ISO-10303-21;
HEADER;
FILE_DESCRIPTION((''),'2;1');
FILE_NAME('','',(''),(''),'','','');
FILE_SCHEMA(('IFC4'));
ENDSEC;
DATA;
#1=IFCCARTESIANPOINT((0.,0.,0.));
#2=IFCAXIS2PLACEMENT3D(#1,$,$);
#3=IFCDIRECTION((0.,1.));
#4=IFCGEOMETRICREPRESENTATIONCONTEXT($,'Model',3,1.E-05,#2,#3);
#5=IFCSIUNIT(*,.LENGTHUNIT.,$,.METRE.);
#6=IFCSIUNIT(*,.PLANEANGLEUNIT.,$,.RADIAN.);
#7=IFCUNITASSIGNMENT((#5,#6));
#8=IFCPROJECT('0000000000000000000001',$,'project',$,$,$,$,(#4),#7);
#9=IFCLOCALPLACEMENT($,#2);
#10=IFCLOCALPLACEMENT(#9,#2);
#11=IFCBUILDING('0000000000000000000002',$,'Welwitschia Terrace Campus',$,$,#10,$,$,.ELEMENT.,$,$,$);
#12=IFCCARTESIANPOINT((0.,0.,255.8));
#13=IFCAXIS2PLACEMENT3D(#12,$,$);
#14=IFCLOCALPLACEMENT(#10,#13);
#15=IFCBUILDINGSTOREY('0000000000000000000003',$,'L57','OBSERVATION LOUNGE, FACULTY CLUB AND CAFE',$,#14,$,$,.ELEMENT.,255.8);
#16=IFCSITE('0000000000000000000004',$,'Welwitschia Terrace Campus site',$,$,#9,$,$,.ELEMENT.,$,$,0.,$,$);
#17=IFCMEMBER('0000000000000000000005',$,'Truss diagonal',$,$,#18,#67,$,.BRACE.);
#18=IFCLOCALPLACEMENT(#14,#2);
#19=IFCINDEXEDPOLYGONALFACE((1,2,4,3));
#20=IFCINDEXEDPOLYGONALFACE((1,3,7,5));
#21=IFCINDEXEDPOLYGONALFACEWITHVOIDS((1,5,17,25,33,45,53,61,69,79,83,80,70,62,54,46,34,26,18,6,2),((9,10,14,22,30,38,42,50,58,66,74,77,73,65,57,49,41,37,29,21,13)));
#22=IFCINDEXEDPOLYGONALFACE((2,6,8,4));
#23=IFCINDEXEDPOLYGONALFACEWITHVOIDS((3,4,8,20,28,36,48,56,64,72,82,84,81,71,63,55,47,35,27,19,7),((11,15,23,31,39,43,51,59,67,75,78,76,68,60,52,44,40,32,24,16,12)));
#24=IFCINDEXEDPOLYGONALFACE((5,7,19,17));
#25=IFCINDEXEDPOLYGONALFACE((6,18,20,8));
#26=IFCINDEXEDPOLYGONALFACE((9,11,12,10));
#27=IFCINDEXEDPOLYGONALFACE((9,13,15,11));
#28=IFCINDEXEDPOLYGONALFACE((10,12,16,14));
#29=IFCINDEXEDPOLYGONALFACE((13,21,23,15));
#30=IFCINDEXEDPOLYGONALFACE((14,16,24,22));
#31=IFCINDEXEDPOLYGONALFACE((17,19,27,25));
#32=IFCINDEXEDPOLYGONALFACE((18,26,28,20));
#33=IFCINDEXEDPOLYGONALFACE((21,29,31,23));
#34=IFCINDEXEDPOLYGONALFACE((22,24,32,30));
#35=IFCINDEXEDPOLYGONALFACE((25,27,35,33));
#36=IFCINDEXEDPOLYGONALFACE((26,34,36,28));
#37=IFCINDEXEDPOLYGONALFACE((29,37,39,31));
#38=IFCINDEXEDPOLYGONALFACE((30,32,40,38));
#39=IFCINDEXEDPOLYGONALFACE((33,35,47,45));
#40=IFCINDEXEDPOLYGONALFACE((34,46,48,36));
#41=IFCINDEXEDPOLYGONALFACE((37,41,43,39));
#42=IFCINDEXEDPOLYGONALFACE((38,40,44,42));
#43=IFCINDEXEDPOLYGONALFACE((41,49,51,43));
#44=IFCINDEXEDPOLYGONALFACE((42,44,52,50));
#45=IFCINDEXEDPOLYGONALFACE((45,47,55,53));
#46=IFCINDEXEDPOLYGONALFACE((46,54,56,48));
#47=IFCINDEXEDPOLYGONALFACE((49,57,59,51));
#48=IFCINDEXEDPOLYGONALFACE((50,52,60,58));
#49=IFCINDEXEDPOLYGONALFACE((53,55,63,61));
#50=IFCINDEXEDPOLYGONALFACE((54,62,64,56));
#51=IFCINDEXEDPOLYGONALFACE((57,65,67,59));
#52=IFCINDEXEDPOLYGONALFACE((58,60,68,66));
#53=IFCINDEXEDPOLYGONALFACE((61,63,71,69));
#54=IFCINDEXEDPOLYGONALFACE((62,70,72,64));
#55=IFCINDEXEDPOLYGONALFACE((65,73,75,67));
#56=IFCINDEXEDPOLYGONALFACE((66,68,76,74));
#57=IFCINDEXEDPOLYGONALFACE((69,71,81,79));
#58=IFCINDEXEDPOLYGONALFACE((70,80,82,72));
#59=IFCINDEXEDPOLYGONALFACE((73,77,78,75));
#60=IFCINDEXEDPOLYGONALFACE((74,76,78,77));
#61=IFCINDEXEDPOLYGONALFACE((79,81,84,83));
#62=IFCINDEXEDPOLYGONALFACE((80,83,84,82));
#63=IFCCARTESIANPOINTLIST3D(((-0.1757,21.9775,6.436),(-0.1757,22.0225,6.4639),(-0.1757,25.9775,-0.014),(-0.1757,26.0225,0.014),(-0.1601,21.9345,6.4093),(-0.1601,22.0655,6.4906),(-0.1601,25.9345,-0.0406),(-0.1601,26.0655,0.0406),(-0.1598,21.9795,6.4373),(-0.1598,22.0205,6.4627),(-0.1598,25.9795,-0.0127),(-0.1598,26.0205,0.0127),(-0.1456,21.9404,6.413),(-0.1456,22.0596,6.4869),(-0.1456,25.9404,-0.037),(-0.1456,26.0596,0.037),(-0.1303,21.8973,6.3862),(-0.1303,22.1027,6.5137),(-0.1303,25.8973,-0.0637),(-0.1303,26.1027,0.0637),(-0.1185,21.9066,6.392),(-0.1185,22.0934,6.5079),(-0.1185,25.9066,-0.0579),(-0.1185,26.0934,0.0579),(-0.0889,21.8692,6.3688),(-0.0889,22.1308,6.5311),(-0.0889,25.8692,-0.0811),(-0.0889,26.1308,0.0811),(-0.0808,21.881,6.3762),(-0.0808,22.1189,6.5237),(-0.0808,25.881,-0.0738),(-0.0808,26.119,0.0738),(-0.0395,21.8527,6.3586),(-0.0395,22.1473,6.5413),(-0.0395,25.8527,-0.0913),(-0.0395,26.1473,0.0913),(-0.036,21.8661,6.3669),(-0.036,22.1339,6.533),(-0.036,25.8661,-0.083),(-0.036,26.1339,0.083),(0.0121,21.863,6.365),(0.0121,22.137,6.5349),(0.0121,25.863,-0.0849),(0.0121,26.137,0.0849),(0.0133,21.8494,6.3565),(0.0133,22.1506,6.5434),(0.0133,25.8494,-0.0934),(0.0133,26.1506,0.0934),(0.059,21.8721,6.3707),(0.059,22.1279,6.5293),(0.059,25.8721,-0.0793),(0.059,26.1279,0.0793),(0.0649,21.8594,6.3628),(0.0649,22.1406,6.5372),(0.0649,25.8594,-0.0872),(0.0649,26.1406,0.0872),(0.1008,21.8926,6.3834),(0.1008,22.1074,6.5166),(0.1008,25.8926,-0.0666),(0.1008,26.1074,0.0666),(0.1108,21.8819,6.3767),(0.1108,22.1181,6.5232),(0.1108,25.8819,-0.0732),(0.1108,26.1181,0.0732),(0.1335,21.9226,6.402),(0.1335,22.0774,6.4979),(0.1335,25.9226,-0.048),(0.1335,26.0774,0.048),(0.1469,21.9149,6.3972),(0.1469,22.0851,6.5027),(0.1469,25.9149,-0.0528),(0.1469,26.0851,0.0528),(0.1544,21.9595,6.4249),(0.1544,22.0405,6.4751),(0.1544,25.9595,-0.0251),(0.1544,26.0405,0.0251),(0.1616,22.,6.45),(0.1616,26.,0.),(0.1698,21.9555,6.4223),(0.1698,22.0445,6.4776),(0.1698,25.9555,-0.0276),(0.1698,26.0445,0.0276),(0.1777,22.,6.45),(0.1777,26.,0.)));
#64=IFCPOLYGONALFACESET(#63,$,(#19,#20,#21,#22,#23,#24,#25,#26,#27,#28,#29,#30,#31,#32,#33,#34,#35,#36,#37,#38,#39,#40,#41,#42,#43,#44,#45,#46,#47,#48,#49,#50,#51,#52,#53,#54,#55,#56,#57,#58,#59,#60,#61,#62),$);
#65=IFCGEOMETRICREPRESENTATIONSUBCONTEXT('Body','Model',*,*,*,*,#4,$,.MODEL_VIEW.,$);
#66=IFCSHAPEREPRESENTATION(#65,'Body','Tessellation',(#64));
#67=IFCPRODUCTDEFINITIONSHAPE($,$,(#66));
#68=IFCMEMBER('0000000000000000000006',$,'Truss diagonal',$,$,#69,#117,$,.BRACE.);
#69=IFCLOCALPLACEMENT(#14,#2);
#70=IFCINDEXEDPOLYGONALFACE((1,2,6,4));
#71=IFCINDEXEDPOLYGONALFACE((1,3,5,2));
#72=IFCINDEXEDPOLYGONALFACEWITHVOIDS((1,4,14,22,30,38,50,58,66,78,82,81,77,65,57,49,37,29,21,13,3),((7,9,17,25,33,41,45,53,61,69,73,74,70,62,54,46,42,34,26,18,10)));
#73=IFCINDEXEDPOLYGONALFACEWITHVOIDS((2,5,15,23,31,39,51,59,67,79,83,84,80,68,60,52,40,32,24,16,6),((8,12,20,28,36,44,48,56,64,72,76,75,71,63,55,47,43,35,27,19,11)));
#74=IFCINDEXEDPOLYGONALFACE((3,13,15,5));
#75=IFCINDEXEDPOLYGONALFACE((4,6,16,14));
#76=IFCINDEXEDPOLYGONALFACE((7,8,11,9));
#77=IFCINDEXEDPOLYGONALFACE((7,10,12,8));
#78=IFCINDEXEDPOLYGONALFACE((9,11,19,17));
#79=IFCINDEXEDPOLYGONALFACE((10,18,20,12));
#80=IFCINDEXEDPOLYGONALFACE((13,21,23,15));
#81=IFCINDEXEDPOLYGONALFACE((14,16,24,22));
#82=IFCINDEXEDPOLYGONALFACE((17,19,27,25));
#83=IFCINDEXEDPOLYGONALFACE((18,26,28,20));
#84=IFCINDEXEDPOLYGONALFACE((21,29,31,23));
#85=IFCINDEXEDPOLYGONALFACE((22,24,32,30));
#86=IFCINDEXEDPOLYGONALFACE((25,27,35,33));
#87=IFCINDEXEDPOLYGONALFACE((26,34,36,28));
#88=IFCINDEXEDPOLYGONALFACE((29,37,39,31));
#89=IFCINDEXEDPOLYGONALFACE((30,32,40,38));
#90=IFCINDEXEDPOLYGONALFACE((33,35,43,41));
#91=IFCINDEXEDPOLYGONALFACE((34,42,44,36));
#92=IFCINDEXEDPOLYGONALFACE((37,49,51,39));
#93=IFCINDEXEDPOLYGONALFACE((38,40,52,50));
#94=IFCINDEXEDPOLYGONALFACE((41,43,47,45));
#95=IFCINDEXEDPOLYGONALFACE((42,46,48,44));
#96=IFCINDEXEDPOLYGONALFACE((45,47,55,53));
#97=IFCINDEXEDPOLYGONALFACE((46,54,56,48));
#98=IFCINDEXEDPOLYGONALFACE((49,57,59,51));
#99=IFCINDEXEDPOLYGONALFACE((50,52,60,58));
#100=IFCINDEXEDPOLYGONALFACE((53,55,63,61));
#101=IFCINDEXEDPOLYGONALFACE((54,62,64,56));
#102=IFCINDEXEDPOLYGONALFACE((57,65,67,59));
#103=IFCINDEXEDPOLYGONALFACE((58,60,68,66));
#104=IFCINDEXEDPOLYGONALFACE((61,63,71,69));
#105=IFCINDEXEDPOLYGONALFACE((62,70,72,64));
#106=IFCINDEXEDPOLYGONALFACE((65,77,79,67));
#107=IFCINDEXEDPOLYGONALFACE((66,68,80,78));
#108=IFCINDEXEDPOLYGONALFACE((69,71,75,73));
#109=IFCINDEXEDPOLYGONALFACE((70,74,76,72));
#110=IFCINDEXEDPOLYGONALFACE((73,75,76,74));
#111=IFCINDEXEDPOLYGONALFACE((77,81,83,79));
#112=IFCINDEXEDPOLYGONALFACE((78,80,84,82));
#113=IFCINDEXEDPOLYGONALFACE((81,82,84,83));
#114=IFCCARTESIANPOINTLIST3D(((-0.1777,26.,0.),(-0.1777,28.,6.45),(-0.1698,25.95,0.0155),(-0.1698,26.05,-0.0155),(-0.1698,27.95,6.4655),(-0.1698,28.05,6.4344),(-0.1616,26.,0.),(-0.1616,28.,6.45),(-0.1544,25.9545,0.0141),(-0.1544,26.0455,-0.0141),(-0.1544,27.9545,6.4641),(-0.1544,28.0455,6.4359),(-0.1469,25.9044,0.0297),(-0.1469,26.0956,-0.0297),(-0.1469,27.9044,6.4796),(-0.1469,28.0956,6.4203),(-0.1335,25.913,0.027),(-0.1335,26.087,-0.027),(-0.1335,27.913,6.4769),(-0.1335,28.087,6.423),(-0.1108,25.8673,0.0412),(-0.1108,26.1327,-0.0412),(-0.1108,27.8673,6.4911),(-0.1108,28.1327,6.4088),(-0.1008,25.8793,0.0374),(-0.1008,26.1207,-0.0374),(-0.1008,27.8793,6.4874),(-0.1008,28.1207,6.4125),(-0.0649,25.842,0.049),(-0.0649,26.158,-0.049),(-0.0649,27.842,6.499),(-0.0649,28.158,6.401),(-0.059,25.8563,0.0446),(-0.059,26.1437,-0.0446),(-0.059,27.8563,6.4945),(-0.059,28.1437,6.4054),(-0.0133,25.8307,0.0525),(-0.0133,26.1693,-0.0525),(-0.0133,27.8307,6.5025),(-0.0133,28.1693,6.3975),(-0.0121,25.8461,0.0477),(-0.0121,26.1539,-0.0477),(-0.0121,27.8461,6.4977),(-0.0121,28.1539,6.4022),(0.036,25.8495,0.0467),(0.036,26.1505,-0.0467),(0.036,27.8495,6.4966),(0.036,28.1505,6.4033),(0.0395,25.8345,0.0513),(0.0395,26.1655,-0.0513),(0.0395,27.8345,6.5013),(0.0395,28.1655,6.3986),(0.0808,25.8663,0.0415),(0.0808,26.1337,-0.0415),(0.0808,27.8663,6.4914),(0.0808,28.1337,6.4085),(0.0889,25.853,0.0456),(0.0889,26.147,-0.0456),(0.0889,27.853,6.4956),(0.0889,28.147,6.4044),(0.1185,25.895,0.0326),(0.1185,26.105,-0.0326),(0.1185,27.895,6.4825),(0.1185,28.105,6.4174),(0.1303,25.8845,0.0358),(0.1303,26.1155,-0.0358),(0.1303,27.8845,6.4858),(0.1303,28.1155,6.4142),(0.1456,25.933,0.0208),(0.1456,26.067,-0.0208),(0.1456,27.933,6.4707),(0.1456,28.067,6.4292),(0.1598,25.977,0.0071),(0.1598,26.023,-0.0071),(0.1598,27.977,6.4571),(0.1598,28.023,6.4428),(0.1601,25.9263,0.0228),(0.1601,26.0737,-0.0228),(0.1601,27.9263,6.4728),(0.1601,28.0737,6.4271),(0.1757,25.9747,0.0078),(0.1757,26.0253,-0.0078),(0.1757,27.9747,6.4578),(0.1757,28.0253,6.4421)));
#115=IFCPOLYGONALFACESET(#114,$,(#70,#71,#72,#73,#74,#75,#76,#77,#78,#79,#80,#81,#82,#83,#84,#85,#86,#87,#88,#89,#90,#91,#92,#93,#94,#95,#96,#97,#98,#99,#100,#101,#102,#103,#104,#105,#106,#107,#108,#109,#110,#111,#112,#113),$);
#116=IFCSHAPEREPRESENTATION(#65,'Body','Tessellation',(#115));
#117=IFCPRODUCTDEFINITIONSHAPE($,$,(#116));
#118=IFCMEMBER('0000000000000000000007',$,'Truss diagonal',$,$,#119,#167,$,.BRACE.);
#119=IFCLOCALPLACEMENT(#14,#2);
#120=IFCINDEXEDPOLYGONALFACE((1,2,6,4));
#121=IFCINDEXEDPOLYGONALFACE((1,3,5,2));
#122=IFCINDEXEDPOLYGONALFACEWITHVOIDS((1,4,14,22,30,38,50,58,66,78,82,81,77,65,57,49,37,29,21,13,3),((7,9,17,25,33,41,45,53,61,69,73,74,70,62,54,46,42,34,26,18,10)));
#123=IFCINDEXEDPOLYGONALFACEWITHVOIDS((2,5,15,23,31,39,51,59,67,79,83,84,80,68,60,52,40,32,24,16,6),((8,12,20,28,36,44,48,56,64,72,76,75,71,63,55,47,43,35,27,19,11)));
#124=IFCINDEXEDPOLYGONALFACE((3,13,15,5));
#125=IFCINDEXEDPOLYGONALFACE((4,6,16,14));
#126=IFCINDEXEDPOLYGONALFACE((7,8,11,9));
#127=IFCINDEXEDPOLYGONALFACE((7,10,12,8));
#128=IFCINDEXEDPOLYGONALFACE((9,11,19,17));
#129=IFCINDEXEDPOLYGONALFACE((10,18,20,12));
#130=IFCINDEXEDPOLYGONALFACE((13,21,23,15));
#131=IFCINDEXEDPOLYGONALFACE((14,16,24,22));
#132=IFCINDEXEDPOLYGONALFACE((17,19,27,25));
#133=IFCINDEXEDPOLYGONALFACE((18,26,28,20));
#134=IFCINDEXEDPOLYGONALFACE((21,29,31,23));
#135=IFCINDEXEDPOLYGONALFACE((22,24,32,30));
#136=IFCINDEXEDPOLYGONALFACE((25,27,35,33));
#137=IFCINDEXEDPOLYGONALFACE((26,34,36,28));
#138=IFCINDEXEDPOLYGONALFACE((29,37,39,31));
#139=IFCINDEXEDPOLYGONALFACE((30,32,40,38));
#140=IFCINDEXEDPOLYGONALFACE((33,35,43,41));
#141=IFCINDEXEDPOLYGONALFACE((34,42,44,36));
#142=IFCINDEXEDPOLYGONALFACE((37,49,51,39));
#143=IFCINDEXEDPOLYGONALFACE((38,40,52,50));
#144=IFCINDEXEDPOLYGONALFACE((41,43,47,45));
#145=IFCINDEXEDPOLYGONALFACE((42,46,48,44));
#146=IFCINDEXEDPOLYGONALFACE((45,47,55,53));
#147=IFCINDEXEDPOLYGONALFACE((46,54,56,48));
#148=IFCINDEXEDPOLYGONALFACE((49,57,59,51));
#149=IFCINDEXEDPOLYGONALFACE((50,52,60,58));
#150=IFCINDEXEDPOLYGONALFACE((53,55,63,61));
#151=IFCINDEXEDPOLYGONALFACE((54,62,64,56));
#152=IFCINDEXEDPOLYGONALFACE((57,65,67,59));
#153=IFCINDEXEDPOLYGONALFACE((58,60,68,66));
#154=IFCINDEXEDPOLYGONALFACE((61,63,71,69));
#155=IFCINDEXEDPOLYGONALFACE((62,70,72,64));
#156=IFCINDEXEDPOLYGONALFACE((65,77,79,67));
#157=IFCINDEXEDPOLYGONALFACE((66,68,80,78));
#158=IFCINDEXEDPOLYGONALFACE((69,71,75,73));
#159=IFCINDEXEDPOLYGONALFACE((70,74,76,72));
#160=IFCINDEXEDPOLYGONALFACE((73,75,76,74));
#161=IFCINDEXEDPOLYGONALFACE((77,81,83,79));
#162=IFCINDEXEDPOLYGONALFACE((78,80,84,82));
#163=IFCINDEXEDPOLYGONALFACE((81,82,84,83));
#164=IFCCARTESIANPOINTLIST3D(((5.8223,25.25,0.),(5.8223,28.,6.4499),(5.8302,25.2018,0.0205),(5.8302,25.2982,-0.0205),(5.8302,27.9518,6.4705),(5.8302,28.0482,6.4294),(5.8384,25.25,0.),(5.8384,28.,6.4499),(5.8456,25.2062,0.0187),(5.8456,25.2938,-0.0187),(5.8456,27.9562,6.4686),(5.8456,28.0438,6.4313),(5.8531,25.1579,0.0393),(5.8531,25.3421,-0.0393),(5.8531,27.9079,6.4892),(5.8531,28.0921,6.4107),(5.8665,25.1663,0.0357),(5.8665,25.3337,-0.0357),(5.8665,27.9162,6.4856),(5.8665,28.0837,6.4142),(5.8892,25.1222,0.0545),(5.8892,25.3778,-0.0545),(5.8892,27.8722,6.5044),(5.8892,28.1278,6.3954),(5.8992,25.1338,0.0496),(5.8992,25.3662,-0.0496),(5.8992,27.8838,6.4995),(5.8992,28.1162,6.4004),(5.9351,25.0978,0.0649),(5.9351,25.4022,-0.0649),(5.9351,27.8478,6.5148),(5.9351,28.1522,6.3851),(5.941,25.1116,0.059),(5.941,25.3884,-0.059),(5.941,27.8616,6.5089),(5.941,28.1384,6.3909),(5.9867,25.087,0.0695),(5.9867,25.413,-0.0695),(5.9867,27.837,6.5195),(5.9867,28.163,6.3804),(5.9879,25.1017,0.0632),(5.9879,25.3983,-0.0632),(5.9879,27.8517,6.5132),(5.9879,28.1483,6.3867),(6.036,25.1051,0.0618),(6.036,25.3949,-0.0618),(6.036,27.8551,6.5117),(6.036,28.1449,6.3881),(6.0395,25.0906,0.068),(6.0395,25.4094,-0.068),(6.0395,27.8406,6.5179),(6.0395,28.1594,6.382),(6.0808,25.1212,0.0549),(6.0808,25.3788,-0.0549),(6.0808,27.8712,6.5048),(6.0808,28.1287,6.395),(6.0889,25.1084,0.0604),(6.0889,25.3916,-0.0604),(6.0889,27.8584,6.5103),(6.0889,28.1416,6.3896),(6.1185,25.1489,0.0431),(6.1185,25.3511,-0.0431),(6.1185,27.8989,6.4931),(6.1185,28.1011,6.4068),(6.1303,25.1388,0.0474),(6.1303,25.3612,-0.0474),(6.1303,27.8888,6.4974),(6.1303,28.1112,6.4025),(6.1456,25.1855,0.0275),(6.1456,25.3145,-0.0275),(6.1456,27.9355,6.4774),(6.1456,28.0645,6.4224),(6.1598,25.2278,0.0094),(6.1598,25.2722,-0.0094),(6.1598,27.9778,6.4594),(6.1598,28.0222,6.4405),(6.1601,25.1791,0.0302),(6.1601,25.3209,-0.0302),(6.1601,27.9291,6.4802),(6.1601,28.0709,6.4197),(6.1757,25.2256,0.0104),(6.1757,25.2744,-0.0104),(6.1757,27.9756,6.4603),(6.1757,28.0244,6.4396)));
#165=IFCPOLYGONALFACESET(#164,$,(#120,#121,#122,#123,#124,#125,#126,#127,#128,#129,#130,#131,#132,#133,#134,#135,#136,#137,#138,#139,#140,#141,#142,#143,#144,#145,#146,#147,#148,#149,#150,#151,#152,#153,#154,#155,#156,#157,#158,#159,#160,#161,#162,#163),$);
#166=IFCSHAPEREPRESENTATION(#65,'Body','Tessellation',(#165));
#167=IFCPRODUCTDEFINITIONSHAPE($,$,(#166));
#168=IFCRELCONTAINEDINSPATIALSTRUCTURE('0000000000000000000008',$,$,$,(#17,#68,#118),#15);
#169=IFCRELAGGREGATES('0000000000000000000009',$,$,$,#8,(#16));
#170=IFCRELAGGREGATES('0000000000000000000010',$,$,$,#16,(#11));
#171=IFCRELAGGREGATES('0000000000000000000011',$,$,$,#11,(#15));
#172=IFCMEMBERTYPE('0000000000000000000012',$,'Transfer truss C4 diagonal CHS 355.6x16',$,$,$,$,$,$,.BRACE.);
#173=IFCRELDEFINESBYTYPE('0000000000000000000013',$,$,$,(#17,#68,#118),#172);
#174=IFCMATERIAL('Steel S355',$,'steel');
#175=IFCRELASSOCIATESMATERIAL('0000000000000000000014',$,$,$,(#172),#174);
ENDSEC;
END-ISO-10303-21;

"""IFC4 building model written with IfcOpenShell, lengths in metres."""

from ifc_helpers import new_model, si_unit, direction, frame, origin, origin_2d, place, context, subcontext, project, spatial, hollow_circle, extrude, material, material_profile, profile_set, type_object, element, save


model = new_model("IFC4")

# Units and contexts
model_context = context("Model", 3, precision=1e-05, world=origin(), true_north=direction((0.0, 1.0)))
body_context = subcontext(model_context, "Body", "Model", "MODEL_VIEW")
ifc_project = project(units=[si_unit("LENGTHUNIT", "METRE"), si_unit("PLANEANGLEUNIT", "RADIAN")], contexts=[model_context])

# Site, building, storey
site_placement = place(None, origin())
site = spatial("IfcSite", under=ifc_project, at=site_placement, Name="Welwitschia Terrace Campus site", CompositionType="ELEMENT", RefElevation=0.0)
building_placement = place(site_placement, origin())
building = spatial("IfcBuilding", under=site, at=building_placement, Name="Welwitschia Terrace Campus", CompositionType="ELEMENT")
storey_placement = place(building_placement, frame((0.0, 0.0, 255.8)))
storey = spatial("IfcBuildingStorey", under=building, at=storey_placement, Name="L57", Description="OBSERVATION LOUNGE, FACULTY CLUB AND CAFE", CompositionType="ELEMENT", Elevation=255.8)

# Members
ifc_material_1 = material(Name="Steel S355", Category="steel")
ifc_material_profile_1 = material_profile(ifc_material_1, hollow_circle(Radius=0.1777, WallThickness=0.0161, at=origin_2d()))
ifc_profile_set_1 = profile_set([ifc_material_profile_1], Name="Steel S355")
member_type_1 = type_object("IfcMemberType", Name="Transfer truss C4 diagonal CHS 355.6x16", PredefinedType="BRACE", material=ifc_profile_set_1)
member_1_placement = place(storey_placement, frame((0.0, 26.0, 0.0), z_axis=(0.0, -0.527038, 0.849842), x_axis=(1.0, 0.0, 0.0)))
element("IfcMember", 1, at=member_1_placement, inside=storey, type_object=member_type_1, Name="Truss diagonal", PredefinedType="BRACE", context=body_context, shape_type="SweptSolid", body=[
    extrude(hollow_circle(Radius=0.1777, WallThickness=0.0161, at=origin_2d()), origin(), (0.0, 0.0, 1.0), 7.5896),
])
member_2_placement = place(storey_placement, frame((0.0, 26.0, 0.0), z_axis=(0.0, 0.296168, 0.955136), x_axis=(-1.0, 0.0, 0.0)))
element("IfcMember", 2, at=member_2_placement, inside=storey, type_object=member_type_1, Name="Truss diagonal", PredefinedType="BRACE", context=body_context, shape_type="SweptSolid", body=[
    extrude(hollow_circle(Radius=0.1777, WallThickness=0.0161, at=origin_2d()), origin(), (0.0, 0.0, 1.0), 6.7529),
])
member_3_placement = place(storey_placement, frame((6.0, 25.25, 0.0), z_axis=(0.0, 0.3922, 0.91988), x_axis=(-1.0, 0.0, 0.0)))
element("IfcMember", 3, at=member_3_placement, inside=storey, type_object=member_type_1, Name="Truss diagonal", PredefinedType="BRACE", context=body_context, shape_type="SweptSolid", body=[
    extrude(hollow_circle(Radius=0.1777, WallThickness=0.0161, at=origin_2d()), origin(), (0.0, 0.0, 1.0), 7.0117),
])

save(model, "model.ifc")
